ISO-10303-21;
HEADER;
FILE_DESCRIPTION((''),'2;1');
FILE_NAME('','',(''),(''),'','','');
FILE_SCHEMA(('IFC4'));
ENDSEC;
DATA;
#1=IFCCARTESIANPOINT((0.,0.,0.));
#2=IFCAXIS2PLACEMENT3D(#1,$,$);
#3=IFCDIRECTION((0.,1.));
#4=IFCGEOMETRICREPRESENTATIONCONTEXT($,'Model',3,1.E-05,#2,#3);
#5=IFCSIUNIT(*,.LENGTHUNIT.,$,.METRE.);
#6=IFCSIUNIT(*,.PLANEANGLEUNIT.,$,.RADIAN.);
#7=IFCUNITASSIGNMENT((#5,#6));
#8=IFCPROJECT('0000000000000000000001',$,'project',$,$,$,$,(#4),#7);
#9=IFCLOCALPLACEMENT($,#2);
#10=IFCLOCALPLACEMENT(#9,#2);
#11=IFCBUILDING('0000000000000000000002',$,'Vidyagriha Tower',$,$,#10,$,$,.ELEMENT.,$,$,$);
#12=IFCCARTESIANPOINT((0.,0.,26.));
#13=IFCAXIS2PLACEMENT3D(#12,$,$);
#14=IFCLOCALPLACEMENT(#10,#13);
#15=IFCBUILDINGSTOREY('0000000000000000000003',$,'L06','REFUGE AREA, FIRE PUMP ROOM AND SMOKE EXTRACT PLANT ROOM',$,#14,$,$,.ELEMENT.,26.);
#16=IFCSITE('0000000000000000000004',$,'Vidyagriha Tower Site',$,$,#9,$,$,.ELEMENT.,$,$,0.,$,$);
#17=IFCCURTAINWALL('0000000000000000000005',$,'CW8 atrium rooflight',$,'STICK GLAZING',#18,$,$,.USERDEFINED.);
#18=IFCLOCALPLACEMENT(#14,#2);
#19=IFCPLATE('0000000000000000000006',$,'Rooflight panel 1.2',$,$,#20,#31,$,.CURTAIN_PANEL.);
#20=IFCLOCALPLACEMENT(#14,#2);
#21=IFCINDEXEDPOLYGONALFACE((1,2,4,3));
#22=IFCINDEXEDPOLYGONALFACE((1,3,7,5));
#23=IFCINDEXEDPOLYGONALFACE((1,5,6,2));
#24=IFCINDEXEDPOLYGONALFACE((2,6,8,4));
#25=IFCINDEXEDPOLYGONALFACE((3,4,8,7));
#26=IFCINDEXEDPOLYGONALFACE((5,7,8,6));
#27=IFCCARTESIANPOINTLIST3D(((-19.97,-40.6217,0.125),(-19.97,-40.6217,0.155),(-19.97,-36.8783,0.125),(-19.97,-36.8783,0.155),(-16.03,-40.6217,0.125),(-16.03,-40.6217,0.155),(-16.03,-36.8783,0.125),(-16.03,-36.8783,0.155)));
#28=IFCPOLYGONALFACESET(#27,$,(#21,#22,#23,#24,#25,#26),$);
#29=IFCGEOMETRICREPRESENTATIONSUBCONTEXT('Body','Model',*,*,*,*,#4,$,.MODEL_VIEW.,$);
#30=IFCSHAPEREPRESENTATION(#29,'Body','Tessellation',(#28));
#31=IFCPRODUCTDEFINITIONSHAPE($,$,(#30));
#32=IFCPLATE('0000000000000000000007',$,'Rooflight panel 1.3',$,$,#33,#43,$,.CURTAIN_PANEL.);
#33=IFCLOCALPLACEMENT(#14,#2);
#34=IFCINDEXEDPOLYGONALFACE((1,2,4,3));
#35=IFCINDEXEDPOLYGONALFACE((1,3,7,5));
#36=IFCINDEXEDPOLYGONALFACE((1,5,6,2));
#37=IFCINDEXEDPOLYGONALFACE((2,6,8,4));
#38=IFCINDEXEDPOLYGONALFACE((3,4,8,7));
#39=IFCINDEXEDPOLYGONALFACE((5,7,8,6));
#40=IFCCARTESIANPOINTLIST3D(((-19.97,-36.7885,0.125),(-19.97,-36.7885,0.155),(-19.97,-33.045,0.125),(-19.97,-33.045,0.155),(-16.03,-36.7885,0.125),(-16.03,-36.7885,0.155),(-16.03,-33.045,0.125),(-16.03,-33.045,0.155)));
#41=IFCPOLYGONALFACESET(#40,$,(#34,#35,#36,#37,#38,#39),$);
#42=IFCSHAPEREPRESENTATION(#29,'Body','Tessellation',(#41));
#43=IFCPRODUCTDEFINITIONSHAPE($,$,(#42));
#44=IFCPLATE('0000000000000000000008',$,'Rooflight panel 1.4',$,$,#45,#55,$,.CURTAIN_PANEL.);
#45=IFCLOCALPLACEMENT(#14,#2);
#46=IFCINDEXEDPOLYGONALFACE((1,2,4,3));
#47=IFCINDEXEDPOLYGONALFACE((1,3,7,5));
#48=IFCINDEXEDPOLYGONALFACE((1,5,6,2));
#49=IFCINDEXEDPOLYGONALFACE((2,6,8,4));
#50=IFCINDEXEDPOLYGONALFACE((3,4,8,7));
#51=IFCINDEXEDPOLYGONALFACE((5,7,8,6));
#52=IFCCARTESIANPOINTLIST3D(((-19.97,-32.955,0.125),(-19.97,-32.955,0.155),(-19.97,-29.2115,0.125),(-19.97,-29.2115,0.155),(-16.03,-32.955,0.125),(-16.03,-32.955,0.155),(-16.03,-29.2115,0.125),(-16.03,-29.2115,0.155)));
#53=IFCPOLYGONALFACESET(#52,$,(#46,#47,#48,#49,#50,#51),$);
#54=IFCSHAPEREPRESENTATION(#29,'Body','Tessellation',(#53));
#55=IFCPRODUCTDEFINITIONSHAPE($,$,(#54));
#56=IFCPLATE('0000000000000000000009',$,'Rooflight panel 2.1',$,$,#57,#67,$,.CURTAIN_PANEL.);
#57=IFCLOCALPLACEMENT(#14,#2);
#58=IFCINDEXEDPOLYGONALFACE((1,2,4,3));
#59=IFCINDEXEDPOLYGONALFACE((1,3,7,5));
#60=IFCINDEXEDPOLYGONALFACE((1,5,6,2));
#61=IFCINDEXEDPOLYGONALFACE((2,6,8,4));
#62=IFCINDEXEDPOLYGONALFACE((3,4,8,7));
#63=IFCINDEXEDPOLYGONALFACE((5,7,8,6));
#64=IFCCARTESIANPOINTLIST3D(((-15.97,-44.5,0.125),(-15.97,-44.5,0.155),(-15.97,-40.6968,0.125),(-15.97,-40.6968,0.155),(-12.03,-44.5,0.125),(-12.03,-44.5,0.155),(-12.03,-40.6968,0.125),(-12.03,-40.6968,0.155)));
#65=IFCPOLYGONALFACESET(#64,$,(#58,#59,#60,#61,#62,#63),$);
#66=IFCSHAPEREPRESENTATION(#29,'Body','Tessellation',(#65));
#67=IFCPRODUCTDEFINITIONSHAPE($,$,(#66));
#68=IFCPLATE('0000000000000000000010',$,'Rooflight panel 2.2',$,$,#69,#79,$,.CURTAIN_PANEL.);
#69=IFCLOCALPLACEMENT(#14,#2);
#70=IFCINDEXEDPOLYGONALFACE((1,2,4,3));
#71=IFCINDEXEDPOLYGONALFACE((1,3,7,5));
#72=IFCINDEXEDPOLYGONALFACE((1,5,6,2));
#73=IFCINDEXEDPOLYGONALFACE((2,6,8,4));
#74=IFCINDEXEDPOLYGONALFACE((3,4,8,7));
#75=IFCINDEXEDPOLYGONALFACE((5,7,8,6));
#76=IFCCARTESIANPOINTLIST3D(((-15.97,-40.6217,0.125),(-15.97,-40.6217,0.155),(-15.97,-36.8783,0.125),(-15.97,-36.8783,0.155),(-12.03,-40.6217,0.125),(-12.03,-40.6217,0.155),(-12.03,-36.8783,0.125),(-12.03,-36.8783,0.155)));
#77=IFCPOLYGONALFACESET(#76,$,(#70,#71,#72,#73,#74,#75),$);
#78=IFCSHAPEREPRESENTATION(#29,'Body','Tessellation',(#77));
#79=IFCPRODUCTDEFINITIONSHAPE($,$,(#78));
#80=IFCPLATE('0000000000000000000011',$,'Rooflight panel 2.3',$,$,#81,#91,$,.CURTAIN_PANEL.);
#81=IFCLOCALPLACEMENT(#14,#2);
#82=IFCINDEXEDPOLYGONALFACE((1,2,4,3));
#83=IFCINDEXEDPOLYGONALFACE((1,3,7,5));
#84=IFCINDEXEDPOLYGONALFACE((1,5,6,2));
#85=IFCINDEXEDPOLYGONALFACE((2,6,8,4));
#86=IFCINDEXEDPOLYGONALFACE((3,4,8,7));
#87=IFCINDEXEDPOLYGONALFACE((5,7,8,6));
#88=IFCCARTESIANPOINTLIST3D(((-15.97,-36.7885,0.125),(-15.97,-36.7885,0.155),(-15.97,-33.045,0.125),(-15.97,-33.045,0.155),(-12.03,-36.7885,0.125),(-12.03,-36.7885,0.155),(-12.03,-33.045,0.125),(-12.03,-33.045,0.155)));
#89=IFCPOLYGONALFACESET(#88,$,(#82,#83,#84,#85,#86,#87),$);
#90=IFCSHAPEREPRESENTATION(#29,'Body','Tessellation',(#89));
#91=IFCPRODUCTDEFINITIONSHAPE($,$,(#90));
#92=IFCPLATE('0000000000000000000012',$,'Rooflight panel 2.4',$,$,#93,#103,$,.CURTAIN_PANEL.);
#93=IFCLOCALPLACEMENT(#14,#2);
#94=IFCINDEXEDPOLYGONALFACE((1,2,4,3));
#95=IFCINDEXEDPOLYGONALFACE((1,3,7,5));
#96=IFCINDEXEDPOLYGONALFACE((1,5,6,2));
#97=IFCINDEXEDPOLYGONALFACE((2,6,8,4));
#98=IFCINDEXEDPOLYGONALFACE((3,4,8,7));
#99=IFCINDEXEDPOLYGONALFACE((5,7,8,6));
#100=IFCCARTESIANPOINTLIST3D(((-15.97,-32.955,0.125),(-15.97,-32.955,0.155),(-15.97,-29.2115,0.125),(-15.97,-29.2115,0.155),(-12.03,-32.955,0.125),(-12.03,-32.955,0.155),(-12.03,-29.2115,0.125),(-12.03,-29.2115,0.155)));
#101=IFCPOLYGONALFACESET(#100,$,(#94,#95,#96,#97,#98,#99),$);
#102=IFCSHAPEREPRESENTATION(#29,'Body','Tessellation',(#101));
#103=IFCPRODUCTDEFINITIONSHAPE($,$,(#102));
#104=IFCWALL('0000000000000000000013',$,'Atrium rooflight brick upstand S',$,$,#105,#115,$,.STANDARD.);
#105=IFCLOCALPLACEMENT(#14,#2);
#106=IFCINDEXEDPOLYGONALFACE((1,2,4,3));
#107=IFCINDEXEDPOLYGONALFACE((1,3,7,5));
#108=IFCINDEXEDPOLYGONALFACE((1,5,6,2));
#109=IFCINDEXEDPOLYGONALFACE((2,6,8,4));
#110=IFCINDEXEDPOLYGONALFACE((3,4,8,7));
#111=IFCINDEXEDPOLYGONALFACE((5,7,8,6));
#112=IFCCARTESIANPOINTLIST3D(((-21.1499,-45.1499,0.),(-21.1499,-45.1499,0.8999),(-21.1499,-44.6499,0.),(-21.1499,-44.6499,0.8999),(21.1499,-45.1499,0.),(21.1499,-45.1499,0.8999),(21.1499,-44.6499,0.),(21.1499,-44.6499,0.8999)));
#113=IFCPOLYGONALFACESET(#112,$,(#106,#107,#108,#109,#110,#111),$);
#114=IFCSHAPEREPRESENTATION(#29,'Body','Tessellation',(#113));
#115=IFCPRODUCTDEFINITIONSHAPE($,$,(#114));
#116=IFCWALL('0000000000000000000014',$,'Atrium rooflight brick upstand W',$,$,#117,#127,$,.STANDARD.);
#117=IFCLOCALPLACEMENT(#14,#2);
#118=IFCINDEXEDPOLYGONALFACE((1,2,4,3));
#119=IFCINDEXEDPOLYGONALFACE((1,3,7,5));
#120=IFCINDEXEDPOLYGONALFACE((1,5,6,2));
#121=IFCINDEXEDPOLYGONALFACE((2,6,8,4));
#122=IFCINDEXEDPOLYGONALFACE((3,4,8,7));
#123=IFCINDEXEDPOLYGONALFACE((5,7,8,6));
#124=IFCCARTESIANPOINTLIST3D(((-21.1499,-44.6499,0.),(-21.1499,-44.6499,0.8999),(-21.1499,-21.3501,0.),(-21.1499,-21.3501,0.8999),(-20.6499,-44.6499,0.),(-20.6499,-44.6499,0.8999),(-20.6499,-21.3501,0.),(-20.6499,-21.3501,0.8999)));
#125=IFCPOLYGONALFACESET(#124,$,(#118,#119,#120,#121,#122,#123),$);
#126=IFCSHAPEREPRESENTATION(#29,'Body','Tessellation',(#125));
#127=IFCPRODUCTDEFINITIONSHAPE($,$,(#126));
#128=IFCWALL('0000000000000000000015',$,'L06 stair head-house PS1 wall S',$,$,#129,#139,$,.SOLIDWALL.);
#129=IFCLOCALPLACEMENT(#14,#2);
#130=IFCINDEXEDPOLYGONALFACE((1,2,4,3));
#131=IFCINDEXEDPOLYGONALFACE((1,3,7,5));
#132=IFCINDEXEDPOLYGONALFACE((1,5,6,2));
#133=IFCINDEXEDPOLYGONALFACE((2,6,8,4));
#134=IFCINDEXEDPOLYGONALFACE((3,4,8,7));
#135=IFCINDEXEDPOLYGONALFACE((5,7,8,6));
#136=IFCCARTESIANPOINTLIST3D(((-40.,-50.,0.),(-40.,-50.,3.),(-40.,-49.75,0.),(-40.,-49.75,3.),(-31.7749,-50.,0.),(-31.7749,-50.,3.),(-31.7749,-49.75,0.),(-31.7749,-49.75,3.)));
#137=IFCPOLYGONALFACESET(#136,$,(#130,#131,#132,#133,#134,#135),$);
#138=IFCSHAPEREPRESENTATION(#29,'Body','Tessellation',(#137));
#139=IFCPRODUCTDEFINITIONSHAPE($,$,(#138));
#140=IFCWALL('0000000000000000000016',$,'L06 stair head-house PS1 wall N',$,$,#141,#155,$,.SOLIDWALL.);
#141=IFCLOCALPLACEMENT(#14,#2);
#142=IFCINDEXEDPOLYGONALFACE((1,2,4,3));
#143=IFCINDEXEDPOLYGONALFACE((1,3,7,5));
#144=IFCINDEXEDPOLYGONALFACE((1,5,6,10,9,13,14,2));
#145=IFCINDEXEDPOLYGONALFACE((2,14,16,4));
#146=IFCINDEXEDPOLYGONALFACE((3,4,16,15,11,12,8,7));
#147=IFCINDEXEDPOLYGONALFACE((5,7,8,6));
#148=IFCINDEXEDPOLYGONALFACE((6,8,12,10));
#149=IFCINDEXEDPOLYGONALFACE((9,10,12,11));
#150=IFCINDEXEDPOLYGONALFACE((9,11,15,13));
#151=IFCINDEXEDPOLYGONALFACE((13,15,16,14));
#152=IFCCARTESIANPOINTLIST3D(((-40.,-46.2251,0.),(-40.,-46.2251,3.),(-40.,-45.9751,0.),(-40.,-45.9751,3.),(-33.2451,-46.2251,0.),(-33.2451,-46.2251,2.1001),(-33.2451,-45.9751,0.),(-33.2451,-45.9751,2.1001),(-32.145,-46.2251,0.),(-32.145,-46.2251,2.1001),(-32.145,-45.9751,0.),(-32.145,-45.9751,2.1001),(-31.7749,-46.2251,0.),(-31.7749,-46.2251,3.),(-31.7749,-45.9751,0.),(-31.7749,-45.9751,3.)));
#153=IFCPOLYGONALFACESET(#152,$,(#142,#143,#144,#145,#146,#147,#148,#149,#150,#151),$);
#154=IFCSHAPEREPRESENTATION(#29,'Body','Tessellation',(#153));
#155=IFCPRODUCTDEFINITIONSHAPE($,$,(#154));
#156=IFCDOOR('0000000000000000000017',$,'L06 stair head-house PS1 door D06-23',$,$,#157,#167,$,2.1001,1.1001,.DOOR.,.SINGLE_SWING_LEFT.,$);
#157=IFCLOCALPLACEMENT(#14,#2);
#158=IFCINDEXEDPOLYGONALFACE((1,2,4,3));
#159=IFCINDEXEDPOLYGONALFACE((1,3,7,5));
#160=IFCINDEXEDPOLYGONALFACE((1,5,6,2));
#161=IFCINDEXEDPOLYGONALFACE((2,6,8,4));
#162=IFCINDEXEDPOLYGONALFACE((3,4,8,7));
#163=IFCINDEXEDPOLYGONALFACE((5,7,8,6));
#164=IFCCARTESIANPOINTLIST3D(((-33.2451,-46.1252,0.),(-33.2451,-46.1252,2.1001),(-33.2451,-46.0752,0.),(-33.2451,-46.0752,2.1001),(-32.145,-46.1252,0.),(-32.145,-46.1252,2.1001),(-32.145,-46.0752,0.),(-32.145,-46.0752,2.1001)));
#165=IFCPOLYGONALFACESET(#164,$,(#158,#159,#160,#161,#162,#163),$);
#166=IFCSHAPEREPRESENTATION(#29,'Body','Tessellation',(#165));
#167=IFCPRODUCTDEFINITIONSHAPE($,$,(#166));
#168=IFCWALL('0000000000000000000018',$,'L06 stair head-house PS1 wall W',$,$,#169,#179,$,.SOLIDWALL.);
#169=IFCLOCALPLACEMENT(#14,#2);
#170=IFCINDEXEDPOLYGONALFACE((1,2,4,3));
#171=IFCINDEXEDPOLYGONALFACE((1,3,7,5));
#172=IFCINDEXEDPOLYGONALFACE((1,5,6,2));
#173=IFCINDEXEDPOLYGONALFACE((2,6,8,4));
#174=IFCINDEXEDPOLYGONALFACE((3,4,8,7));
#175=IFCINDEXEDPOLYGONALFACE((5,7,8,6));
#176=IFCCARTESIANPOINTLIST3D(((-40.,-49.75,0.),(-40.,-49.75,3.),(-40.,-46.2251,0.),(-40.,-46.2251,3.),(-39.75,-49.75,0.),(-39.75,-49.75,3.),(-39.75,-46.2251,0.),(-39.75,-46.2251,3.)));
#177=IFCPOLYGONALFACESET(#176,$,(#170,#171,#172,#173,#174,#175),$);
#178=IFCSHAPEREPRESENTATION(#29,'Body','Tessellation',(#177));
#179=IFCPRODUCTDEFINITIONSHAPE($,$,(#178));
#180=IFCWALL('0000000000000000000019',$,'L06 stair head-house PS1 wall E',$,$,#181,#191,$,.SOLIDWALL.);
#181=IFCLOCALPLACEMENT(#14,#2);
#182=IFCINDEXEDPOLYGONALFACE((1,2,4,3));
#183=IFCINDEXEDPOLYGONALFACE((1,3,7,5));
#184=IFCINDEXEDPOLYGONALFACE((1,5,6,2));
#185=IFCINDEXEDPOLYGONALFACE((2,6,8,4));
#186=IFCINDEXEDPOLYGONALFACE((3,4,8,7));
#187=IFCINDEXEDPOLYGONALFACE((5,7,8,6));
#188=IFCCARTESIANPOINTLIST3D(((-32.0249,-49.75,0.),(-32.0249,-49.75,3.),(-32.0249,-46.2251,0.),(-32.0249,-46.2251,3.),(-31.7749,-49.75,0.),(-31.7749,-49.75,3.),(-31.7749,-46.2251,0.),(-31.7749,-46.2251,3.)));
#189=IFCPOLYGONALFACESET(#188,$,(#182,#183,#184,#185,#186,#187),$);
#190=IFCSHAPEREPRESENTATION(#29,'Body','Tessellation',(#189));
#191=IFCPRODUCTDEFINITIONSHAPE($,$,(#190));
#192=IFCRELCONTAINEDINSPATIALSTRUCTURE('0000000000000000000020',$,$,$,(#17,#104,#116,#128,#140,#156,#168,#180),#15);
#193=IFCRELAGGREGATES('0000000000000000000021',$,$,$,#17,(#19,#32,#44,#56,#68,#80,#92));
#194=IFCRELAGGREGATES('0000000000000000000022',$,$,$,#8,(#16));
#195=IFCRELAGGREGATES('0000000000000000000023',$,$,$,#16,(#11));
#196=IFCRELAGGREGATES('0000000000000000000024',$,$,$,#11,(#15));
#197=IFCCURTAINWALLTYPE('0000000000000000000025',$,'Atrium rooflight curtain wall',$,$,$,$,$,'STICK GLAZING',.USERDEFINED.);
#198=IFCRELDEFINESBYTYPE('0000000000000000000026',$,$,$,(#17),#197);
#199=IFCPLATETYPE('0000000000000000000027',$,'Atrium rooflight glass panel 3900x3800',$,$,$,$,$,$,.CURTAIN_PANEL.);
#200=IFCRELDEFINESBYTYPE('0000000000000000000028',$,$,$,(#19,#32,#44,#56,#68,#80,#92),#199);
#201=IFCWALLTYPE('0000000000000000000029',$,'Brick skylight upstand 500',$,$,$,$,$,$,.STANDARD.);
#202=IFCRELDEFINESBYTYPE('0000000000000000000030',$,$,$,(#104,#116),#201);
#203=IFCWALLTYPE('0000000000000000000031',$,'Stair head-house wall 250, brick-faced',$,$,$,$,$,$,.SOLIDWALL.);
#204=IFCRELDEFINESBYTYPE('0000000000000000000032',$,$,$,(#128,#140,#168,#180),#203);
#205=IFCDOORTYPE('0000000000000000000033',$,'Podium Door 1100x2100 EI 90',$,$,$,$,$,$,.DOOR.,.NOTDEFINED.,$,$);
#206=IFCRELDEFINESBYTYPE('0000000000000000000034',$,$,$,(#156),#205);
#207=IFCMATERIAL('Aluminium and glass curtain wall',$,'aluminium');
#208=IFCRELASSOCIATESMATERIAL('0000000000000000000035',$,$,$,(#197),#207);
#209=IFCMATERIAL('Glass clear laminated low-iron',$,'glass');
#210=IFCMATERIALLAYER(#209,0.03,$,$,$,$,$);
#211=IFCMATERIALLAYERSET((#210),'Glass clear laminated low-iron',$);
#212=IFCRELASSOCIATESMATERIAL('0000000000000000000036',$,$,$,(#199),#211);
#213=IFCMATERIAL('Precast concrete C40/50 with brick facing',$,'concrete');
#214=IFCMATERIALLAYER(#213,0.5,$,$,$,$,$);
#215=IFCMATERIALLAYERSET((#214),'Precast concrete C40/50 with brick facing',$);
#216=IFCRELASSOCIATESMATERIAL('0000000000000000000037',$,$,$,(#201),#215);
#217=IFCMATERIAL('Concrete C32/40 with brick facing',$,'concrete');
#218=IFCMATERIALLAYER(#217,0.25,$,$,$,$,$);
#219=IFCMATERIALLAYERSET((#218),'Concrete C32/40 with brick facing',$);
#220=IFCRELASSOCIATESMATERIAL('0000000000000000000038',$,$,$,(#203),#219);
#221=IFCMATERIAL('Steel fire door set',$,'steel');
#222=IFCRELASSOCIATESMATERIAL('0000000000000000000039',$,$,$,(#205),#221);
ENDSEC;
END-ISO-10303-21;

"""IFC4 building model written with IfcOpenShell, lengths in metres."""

from ifc_helpers import new_model, si_unit, direction, frame, frame_2d, origin, origin_2d, place, context, subcontext, project, spatial, rectangle, extrude, material, layer, layer_set, type_object, element, fill, aggregate, save


model = new_model("IFC4")

# Units and contexts
model_context = context("Model", 3, precision=1e-05, world=origin(), true_north=direction((0.0, 1.0)))
body_context = subcontext(model_context, "Body", "Model", "MODEL_VIEW")
ifc_project = project(units=[si_unit("LENGTHUNIT", "METRE"), si_unit("PLANEANGLEUNIT", "RADIAN")], contexts=[model_context])

# Site, building, storey
site_placement = place(None, origin())
site = spatial("IfcSite", under=ifc_project, at=site_placement, Name="Vidyagriha Tower Site", CompositionType="ELEMENT", RefElevation=0.0)
building_placement = place(site_placement, origin())
building = spatial("IfcBuilding", under=site, at=building_placement, Name="Vidyagriha Tower", CompositionType="ELEMENT")
storey_placement = place(building_placement, frame((0.0, 0.0, 26.0)))
storey = spatial("IfcBuildingStorey", under=building, at=storey_placement, Name="L06", Description="REFUGE AREA, FIRE PUMP ROOM AND SMOKE EXTRACT PLANT ROOM", CompositionType="ELEMENT", Elevation=26.0)

# Curtain wall, plates
ifc_material_1 = material(Name="Aluminium and glass curtain wall", Category="aluminium")
curtain_wall_type = type_object("IfcCurtainWallType", Name="Atrium rooflight curtain wall", ElementType="STICK GLAZING", PredefinedType="USERDEFINED", material=ifc_material_1)
curtain_wall_placement = place(storey_placement, origin())
curtain_wall = element("IfcCurtainWall", 1, at=curtain_wall_placement, inside=storey, type_object=curtain_wall_type, Name="CW8 atrium rooflight", ObjectType="STICK GLAZING", PredefinedType="USERDEFINED")
ifc_material_2 = material(Name="Glass clear laminated low-iron", Category="glass")
ifc_layer_1 = layer(ifc_material_2, 0.03)
ifc_layer_set_1 = layer_set([ifc_layer_1], Name="Glass clear laminated low-iron")
plate_type = type_object("IfcPlateType", Name="Atrium rooflight glass panel 3900x3800", PredefinedType="CURTAIN_PANEL", material=ifc_layer_set_1)
plate_1_placement = place(storey_placement, frame((-18.0, -38.75, 0.125)))
plate_1 = element("IfcPlate", 2, at=plate_1_placement, type_object=plate_type, Name="Rooflight panel 1.2", PredefinedType="CURTAIN_PANEL", context=body_context, shape_type="SweptSolid", body=[
    extrude(rectangle(XDim=3.9399, YDim=3.7434, at=origin_2d()), origin(), (0.0, 0.0, 1.0), 0.03),
])
plate_2_placement = place(storey_placement, frame((-18.0, -34.9167, 0.125)))
plate_2 = element("IfcPlate", 3, at=plate_2_placement, type_object=plate_type, Name="Rooflight panel 1.3", PredefinedType="CURTAIN_PANEL", context=body_context, shape_type="SweptSolid", body=[
    extrude(rectangle(XDim=3.9399, YDim=3.7434, at=origin_2d()), origin(), (0.0, 0.0, 1.0), 0.03),
])
plate_3_placement = place(storey_placement, frame((-18.0, -31.0833, 0.125)))
plate_3 = element("IfcPlate", 4, at=plate_3_placement, type_object=plate_type, Name="Rooflight panel 1.4", PredefinedType="CURTAIN_PANEL", context=body_context, shape_type="SweptSolid", body=[
    extrude(rectangle(XDim=3.9399, YDim=3.7434, at=origin_2d()), origin(), (0.0, 0.0, 1.0), 0.03),
])
plate_4_placement = place(storey_placement, frame((-14.0, -42.5984, 0.125)))
plate_4 = element("IfcPlate", 5, at=plate_4_placement, type_object=plate_type, Name="Rooflight panel 2.1", PredefinedType="CURTAIN_PANEL", context=body_context, shape_type="SweptSolid", body=[
    extrude(rectangle(XDim=3.9399, YDim=3.8032, at=origin_2d()), origin(), (0.0, 0.0, 1.0), 0.03),
])
plate_5_placement = place(storey_placement, frame((-14.0, -38.75, 0.125)))
plate_5 = element("IfcPlate", 6, at=plate_5_placement, type_object=plate_type, Name="Rooflight panel 2.2", PredefinedType="CURTAIN_PANEL", context=body_context, shape_type="SweptSolid", body=[
    extrude(rectangle(XDim=3.9399, YDim=3.7434, at=origin_2d()), origin(), (0.0, 0.0, 1.0), 0.03),
])
plate_6_placement = place(storey_placement, frame((-14.0, -34.9167, 0.125)))
plate_6 = element("IfcPlate", 7, at=plate_6_placement, type_object=plate_type, Name="Rooflight panel 2.3", PredefinedType="CURTAIN_PANEL", context=body_context, shape_type="SweptSolid", body=[
    extrude(rectangle(XDim=3.9399, YDim=3.7434, at=origin_2d()), origin(), (0.0, 0.0, 1.0), 0.03),
])
plate_7_placement = place(storey_placement, frame((-14.0, -31.0833, 0.125)))
plate_7 = element("IfcPlate", 8, at=plate_7_placement, type_object=plate_type, Name="Rooflight panel 2.4", PredefinedType="CURTAIN_PANEL", context=body_context, shape_type="SweptSolid", body=[
    extrude(rectangle(XDim=3.9399, YDim=3.7434, at=origin_2d()), origin(), (0.0, 0.0, 1.0), 0.03),
])
aggregate(curtain_wall, [plate_1, plate_2, plate_3, plate_4, plate_5, plate_6, plate_7])

# Walls
ifc_material_3 = material(Name="Precast concrete C40/50 with brick facing", Category="concrete")
ifc_layer_2 = layer(ifc_material_3, 0.5)
ifc_layer_set_2 = layer_set([ifc_layer_2], Name="Precast concrete C40/50 with brick facing")
wall_type_1 = type_object("IfcWallType", Name="Brick skylight upstand 500", PredefinedType="STANDARD", material=ifc_layer_set_2)
wall_1_placement = place(storey_placement, frame((-21.1499, -44.8999, 0.0)))
element("IfcWall", 9, at=wall_1_placement, inside=storey, type_object=wall_type_1, Name="Atrium rooflight brick upstand S", PredefinedType="STANDARD", context=body_context, shape_type="SweptSolid", body=[
    extrude(rectangle(XDim=42.2998, YDim=0.5, at=frame_2d((21.1499, 0.0))), origin(), (0.0, 0.0, 1.0), 0.8999),
])
wall_2_placement = place(storey_placement, frame((-20.8999, -44.6499, 0.0), z_axis=(0.0, 0.0, 1.0), x_axis=(0.0, 1.0, 0.0)))
element("IfcWall", 10, at=wall_2_placement, inside=storey, type_object=wall_type_1, Name="Atrium rooflight brick upstand W", PredefinedType="STANDARD", context=body_context, shape_type="SweptSolid", body=[
    extrude(rectangle(XDim=23.2998, YDim=0.5, at=frame_2d((11.6499, 0.0))), origin(), (0.0, 0.0, 1.0), 0.8999),
])
ifc_material_4 = material(Name="Concrete C32/40 with brick facing", Category="concrete")
ifc_layer_3 = layer(ifc_material_4, 0.25)
ifc_layer_set_3 = layer_set([ifc_layer_3], Name="Concrete C32/40 with brick facing")
wall_type_2 = type_object("IfcWallType", Name="Stair head-house wall 250, brick-faced", PredefinedType="SOLIDWALL", material=ifc_layer_set_3)
wall_3_placement = place(storey_placement, frame((-40.0, -49.875, 0.0)))
element("IfcWall", 11, at=wall_3_placement, inside=storey, type_object=wall_type_2, Name="L06 stair head-house PS1 wall S", PredefinedType="SOLIDWALL", context=body_context, shape_type="SweptSolid", body=[
    extrude(rectangle(XDim=8.2251, YDim=0.25, at=frame_2d((4.1125, 0.0))), origin(), (0.0, 0.0, 1.0), 3.0),
])

# Wall, opening, door
wall_4_placement = place(storey_placement, frame((-40.0, -46.1001, 0.0)))
wall_4 = element("IfcWall", 12, at=wall_4_placement, inside=storey, type_object=wall_type_2, Name="L06 stair head-house PS1 wall N", PredefinedType="SOLIDWALL", context=body_context, shape_type="SweptSolid", body=[
    extrude(rectangle(XDim=8.2251, YDim=0.25, at=frame_2d((4.1125, 0.0))), origin(), (0.0, 0.0, 1.0), 3.0),
])
opening_placement = place(wall_4_placement, frame((6.7549, 0.0, 0.0)))
opening = element("IfcOpeningElement", 13, at=opening_placement, cuts=wall_4, PredefinedType="OPENING", context=body_context, shape_type="SweptSolid", body=[
    extrude(rectangle(XDim=1.1001, YDim=2.1001, at=frame_2d((0.55, 1.05))), frame((0.0, 0.135, 0.0), z_axis=(0.0, -1.0, 0.0), x_axis=(1.0, 0.0, 0.0)), (0.0, 0.0, 1.0), 0.27),
])
ifc_material_5 = material(Name="Steel fire door set", Category="steel")
door_type = type_object("IfcDoorType", Name="Podium Door 1100x2100 EI 90", OperationType="NOTDEFINED", PredefinedType="DOOR", material=ifc_material_5)
door_placement = place(opening_placement, origin())
door = element("IfcDoor", 14, at=door_placement, inside=storey, type_object=door_type, Name="L06 stair head-house PS1 door D06-23", OperationType="SINGLE_SWING_LEFT", OverallHeight=2.1001, OverallWidth=1.1001, PredefinedType="DOOR", context=body_context, shape_type="SweptSolid", body=[
    extrude(rectangle(XDim=1.1001, YDim=2.1001, at=frame_2d((0.55, 1.05))), frame((0.0, 0.0249, 0.0), z_axis=(0.0, -1.0, 0.0), x_axis=(1.0, 0.0, 0.0)), (0.0, 0.0, 1.0), 0.05),
])
fill(opening, door)

# Walls
for number, where, z_axis, x_axis, name in (
    (15, (-39.875, -49.75, 0.0), (0.0, 0.0, 1.0), (0.0, 1.0, 0.0), "L06 stair head-house PS1 wall W"),
    (16, (-31.8999, -49.75, 0.0), (0.0, 0.0, 1.0), (0.0, 1.0, 0.0), "L06 stair head-house PS1 wall E"),
):
    element("IfcWall", number, at=place(storey_placement, frame(where, z_axis=z_axis, x_axis=x_axis)), inside=storey, type_object=wall_type_2, Name=name, PredefinedType="SOLIDWALL", context=body_context, shape_type="SweptSolid", body=[
        extrude(rectangle(XDim=3.5249, YDim=0.25, at=frame_2d((1.7625, 0.0))), origin(), (0.0, 0.0, 1.0), 3.0),
    ])

save(model, "model.ifc")
